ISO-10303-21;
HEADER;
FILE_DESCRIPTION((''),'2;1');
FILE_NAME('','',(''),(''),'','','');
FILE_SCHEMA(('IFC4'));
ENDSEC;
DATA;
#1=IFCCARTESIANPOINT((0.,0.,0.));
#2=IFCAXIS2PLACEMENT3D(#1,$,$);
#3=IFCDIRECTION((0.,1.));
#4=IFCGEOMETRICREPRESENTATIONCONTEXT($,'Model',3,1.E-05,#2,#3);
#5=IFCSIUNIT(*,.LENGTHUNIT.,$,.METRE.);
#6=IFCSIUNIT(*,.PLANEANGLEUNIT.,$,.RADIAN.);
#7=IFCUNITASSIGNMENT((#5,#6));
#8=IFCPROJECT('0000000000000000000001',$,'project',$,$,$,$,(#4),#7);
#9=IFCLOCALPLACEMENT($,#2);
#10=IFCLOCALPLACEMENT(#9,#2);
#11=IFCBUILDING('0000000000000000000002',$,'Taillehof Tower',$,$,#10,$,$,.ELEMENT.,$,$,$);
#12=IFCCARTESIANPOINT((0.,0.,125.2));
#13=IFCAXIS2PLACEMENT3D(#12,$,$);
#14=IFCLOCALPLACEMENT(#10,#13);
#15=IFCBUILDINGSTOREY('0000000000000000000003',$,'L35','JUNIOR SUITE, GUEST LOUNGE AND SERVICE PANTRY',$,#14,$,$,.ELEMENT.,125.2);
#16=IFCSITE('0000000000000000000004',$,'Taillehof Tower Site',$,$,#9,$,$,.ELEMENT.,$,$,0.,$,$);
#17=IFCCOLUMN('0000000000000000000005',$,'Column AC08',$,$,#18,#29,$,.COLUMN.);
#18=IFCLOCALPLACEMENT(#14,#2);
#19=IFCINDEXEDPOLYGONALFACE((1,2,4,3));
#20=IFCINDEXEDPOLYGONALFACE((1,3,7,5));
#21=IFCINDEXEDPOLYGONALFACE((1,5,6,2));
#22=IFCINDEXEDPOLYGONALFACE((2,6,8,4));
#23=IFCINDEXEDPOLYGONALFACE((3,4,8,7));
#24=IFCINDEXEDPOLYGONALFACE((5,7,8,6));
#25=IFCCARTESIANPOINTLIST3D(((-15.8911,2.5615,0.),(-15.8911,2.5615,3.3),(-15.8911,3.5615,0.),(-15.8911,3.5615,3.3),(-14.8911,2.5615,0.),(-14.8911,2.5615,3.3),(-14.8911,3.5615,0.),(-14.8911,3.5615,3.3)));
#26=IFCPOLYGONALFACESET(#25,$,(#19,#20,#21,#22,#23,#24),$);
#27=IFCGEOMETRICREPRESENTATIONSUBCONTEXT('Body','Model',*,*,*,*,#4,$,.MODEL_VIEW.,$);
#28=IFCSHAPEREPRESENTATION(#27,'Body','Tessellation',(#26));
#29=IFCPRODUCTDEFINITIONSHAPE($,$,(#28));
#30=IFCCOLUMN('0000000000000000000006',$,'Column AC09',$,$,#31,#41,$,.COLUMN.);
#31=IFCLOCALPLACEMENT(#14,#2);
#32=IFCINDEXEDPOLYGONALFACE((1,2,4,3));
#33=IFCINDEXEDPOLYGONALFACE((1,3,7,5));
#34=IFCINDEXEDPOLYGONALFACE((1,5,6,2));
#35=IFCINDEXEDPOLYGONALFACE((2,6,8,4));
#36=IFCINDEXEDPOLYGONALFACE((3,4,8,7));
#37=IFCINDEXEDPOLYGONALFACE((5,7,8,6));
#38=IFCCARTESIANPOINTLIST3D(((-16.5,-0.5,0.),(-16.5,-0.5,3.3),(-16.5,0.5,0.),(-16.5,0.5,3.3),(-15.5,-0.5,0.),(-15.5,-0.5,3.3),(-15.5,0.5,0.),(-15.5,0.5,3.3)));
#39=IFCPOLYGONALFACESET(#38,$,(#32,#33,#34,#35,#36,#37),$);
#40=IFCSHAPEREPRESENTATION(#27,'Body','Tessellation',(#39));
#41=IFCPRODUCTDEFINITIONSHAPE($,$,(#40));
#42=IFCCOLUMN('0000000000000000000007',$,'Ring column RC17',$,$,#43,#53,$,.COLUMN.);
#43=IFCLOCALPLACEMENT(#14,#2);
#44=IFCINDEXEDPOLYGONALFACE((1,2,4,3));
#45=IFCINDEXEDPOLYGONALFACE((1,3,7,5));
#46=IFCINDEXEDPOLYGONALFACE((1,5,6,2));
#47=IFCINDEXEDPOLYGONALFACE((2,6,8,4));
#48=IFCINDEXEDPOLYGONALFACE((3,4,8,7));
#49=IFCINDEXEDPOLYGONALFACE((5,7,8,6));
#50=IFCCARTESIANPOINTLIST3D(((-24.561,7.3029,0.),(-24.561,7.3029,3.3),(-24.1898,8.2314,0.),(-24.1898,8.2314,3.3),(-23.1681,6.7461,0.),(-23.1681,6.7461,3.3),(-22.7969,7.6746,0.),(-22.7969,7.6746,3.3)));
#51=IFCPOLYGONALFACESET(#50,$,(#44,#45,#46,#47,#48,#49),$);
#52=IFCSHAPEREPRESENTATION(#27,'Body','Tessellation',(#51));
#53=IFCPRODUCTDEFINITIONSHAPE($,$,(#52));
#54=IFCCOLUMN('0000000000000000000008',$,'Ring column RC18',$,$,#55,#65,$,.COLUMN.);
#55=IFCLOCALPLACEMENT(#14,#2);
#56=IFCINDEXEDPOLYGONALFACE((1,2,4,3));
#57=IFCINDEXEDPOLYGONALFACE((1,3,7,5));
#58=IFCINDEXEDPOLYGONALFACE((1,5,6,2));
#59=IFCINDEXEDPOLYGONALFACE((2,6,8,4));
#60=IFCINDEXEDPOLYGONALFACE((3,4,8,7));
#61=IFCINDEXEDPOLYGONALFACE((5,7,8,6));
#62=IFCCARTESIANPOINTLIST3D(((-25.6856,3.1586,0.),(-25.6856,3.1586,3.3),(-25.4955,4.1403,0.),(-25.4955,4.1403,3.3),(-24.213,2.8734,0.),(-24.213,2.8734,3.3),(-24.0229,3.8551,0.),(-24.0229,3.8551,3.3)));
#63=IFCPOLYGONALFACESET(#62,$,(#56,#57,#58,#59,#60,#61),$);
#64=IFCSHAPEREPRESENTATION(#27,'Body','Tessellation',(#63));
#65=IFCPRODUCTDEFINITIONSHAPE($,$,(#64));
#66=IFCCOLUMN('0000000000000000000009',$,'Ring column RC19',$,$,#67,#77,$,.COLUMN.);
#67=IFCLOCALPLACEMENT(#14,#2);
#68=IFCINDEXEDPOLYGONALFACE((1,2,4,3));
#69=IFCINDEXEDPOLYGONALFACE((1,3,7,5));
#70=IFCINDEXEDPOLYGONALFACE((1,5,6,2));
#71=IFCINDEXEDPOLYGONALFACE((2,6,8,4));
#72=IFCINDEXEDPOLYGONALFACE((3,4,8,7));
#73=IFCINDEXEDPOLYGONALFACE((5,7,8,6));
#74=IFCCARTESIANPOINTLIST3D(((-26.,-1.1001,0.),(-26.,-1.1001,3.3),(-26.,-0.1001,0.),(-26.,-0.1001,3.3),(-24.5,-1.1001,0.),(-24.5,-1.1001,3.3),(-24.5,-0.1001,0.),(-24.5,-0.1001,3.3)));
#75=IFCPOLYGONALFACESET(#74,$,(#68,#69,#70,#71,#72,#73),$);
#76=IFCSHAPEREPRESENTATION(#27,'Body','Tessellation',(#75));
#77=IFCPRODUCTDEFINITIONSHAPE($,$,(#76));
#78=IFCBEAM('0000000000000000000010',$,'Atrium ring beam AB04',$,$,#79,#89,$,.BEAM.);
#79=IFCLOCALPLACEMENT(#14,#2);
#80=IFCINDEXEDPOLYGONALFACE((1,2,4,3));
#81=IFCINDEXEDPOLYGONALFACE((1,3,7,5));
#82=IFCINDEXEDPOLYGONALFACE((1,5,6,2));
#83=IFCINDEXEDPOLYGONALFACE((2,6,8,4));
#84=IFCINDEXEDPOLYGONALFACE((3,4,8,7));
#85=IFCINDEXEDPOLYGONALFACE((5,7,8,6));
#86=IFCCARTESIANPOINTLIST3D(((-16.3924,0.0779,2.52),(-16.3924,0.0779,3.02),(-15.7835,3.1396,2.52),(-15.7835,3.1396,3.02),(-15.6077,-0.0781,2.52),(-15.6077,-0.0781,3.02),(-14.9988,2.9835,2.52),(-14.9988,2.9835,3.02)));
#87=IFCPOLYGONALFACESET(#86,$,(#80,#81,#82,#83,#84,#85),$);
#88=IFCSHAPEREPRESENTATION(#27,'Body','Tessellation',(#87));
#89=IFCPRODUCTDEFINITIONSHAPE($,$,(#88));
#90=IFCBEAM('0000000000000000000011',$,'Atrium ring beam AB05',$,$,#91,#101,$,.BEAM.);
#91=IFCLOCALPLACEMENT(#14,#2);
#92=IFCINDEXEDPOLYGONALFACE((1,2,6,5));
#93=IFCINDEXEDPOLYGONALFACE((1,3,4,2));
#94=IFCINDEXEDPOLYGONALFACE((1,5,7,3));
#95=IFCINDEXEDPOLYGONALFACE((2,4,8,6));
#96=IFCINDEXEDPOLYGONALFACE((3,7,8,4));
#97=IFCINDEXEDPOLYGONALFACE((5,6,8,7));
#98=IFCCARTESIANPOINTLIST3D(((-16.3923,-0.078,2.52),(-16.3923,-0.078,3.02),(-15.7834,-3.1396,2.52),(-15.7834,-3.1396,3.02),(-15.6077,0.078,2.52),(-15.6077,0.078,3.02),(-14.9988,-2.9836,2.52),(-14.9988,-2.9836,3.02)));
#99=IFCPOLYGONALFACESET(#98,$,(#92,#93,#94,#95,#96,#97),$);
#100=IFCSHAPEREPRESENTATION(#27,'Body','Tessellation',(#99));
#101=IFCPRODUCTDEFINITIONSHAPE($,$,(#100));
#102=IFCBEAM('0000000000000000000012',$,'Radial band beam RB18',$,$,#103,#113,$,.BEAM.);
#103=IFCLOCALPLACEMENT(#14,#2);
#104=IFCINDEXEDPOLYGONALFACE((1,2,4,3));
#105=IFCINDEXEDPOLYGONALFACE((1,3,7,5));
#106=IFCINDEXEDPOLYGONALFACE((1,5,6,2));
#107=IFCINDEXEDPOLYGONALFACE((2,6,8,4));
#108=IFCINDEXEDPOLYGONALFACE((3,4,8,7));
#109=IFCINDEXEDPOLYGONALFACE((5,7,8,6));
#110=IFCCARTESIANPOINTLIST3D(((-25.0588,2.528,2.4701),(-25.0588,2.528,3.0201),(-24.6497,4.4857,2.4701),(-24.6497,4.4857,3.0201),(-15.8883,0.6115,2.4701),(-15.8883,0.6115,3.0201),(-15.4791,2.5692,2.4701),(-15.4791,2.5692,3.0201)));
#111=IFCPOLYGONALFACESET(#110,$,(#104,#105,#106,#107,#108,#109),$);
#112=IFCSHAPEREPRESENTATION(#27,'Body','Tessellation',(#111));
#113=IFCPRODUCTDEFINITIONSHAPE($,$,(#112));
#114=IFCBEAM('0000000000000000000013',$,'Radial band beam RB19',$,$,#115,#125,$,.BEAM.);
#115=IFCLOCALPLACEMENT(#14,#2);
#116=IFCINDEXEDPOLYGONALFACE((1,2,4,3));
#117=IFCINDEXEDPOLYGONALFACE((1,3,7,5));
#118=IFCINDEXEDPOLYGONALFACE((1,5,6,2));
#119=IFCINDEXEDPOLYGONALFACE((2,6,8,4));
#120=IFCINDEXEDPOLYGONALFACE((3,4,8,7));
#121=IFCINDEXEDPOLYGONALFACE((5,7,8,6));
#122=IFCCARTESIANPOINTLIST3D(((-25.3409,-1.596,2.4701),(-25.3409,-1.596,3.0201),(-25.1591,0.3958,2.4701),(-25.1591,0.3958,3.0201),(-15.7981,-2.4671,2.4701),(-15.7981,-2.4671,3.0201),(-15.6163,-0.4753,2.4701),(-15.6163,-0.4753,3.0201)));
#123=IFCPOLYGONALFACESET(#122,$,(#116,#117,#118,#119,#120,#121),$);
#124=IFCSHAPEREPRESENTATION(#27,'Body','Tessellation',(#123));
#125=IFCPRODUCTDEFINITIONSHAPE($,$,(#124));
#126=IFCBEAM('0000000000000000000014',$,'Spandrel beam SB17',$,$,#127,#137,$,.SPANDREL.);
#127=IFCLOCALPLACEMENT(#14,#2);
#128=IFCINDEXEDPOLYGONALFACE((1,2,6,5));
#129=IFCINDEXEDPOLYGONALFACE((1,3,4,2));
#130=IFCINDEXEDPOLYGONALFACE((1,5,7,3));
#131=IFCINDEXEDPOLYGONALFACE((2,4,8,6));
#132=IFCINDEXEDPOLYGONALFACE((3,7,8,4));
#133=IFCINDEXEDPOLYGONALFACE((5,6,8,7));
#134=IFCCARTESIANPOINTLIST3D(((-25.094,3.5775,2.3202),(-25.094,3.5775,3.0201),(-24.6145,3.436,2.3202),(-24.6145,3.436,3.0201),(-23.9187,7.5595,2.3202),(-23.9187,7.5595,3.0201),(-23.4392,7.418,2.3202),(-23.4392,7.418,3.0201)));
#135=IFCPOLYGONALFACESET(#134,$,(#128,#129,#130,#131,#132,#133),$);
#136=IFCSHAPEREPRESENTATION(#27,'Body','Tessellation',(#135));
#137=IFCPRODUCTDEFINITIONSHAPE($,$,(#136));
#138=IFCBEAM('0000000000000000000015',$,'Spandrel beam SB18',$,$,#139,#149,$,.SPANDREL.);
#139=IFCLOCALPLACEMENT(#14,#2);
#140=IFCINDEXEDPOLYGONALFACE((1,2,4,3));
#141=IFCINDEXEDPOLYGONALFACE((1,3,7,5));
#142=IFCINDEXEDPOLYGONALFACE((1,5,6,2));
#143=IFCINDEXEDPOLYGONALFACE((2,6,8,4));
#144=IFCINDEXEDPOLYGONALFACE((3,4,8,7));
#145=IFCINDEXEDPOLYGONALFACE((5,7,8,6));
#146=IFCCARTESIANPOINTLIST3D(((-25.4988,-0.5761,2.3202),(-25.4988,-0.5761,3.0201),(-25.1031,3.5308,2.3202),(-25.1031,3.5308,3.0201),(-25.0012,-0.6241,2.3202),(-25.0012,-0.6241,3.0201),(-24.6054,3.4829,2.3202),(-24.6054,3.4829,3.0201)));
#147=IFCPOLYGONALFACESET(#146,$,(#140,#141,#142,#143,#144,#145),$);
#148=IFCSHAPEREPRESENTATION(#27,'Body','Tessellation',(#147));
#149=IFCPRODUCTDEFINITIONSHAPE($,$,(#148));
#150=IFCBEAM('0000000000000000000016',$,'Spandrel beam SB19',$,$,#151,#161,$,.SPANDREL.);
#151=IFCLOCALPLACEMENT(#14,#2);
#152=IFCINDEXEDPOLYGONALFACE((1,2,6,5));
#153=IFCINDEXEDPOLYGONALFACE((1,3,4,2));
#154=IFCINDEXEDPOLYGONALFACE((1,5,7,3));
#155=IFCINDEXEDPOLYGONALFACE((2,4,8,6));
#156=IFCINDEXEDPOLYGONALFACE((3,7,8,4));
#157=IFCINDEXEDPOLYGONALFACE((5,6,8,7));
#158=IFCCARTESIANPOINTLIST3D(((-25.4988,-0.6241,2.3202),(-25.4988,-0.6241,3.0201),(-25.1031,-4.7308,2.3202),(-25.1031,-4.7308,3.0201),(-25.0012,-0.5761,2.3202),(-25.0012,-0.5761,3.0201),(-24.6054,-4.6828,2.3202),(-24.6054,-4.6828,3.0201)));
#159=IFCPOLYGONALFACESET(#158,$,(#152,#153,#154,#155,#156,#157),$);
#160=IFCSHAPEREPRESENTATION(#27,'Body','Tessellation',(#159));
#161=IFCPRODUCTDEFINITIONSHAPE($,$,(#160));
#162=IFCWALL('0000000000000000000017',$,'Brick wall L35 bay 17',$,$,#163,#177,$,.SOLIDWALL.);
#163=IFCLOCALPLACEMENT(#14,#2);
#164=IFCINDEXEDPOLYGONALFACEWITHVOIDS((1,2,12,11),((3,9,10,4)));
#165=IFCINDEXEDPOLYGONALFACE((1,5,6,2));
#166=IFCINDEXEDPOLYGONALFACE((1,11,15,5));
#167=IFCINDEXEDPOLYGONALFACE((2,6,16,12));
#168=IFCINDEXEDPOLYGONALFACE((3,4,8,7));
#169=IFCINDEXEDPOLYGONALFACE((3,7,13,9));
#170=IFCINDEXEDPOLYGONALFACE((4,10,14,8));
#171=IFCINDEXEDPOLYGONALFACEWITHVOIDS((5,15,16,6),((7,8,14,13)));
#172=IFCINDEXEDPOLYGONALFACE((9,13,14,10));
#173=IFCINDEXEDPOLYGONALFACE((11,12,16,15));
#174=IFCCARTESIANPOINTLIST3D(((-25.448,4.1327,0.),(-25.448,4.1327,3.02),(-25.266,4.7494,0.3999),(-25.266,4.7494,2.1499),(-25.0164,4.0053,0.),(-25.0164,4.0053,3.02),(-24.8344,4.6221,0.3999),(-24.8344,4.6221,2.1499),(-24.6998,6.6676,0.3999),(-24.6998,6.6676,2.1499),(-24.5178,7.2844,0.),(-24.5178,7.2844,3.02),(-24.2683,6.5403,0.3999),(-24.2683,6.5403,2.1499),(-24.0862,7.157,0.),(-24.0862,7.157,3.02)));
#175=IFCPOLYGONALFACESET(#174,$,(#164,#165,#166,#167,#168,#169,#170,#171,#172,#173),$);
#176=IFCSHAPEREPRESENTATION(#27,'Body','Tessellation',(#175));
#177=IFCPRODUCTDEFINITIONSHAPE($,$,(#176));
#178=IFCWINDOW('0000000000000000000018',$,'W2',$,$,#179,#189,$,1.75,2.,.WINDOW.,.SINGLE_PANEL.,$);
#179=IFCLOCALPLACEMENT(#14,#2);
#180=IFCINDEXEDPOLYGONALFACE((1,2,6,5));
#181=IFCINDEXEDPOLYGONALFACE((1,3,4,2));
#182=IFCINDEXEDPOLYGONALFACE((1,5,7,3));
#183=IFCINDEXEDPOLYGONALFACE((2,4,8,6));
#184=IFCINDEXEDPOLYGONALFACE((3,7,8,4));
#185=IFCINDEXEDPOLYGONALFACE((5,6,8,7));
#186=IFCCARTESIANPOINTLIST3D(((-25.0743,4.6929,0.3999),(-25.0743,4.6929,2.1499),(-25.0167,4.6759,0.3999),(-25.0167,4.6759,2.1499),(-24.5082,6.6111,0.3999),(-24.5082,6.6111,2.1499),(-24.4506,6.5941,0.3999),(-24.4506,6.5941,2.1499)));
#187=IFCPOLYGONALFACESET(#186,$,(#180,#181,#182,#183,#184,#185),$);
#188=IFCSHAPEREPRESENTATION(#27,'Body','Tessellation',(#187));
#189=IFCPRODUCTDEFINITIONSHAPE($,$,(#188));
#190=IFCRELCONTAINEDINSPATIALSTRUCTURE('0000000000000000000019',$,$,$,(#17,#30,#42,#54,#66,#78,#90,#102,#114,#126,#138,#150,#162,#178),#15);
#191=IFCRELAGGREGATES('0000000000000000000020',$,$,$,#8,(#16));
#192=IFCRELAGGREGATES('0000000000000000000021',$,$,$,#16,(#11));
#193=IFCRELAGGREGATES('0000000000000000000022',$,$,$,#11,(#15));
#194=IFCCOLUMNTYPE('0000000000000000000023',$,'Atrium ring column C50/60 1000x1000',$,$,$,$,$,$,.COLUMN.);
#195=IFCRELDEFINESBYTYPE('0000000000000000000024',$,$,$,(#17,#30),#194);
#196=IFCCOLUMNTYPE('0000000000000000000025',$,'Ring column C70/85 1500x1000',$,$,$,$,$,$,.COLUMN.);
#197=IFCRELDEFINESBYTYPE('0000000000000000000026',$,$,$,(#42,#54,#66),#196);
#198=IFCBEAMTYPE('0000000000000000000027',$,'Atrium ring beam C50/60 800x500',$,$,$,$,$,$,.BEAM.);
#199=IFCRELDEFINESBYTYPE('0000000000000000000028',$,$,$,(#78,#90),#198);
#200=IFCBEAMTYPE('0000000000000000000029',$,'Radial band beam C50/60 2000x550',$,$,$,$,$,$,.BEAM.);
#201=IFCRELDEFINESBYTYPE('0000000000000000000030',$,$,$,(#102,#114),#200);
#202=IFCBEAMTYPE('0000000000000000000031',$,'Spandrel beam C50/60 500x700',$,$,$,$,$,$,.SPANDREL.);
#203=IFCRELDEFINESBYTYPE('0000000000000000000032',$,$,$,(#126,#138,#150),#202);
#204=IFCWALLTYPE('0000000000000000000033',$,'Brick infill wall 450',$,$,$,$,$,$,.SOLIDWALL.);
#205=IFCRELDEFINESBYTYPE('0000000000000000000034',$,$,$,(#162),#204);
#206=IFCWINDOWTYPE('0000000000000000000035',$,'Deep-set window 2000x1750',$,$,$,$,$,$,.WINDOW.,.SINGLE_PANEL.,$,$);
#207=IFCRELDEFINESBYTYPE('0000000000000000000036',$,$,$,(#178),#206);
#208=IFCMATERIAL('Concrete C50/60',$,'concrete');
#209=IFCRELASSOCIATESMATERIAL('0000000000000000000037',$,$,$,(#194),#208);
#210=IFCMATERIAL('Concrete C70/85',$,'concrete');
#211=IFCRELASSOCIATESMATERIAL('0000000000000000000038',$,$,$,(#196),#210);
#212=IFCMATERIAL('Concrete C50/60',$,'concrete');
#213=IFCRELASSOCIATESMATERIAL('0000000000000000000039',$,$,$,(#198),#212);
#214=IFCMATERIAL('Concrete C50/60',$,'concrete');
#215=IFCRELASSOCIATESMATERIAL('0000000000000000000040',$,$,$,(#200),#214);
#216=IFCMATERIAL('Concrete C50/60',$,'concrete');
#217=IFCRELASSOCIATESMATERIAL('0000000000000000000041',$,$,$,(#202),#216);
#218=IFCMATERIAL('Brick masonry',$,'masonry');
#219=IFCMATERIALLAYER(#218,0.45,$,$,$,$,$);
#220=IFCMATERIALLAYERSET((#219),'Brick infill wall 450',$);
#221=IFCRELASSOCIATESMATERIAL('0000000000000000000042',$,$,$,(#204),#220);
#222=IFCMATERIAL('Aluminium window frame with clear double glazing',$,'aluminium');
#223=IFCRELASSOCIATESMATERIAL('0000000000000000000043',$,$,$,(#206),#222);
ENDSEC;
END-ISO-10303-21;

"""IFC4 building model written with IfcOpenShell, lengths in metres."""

from ifc_helpers import new_model, si_unit, direction, frame, frame_2d, origin, origin_2d, place, context, subcontext, project, spatial, rectangle, extrude, material, layer, layer_set, material_profile, profile_set, type_object, element, fill, save


model = new_model("IFC4")

# Units and contexts
model_context = context("Model", 3, precision=1e-05, world=origin(), true_north=direction((0.0, 1.0)))
body_context = subcontext(model_context, "Body", "Model", "MODEL_VIEW")
ifc_project = project(units=[si_unit("LENGTHUNIT", "METRE"), si_unit("PLANEANGLEUNIT", "RADIAN")], contexts=[model_context])

# Site, building, storey
site_placement = place(None, origin())
site = spatial("IfcSite", under=ifc_project, at=site_placement, Name="Taillehof Tower Site", CompositionType="ELEMENT", RefElevation=0.0)
building_placement = place(site_placement, origin())
building = spatial("IfcBuilding", under=site, at=building_placement, Name="Taillehof Tower", CompositionType="ELEMENT")
storey_placement = place(building_placement, frame((0.0, 0.0, 125.2)))
storey = spatial("IfcBuildingStorey", under=building, at=storey_placement, Name="L35", Description="JUNIOR SUITE, GUEST LOUNGE AND SERVICE PANTRY", CompositionType="ELEMENT", Elevation=125.2)

# Columns
ifc_material_1 = material(Name="Concrete C50/60", Category="concrete")
ifc_material_profile_1 = material_profile(ifc_material_1, rectangle(XDim=1.0, YDim=1.0, at=origin_2d()), Name="RC 1000x1000")
ifc_profile_set_1 = profile_set([ifc_material_profile_1], Name="Concrete C50/60")
column_type_1 = type_object("IfcColumnType", Name="Atrium ring column C50/60 1000x1000", PredefinedType="COLUMN", material=ifc_profile_set_1)
for number, where, z_axis, x_axis, name in (
    (1, (-15.3911, 3.0615, 0.0), (0.0, 0.0, 1.0), (1.0, 0.0, 0.0), "Column AC08"),
    (2, (-16.0, 0.0, 0.0), (0.0, 0.0, 1.0), (1.0, 0.0, 0.0), "Column AC09"),
):
    element("IfcColumn", number, at=place(storey_placement, frame(where, z_axis=z_axis, x_axis=x_axis)), inside=storey, type_object=column_type_1, Name=name, PredefinedType="COLUMN", context=body_context, shape_type="SweptSolid", body=[
        extrude(rectangle(XDim=1.0, YDim=1.0, at=origin_2d()), origin(), (0.0, 0.0, 1.0), 3.3),
    ])
ifc_material_2 = material(Name="Concrete C70/85", Category="concrete")
ifc_material_profile_2 = material_profile(ifc_material_2, rectangle(XDim=1.5, YDim=1.0, at=origin_2d()), Name="RC 1500x1000")
ifc_profile_set_2 = profile_set([ifc_material_profile_2], Name="Concrete C70/85")
column_type_2 = type_object("IfcColumnType", Name="Ring column C70/85 1500x1000", PredefinedType="COLUMN", material=ifc_profile_set_2)
for number, where, z_axis, x_axis, name in (
    (3, (-23.679, 7.4888, 0.0), (0.0, 0.0, 1.0), (-0.92855, 0.371207, 0.0), "Ring column RC17"),
    (4, (-24.8542, 3.5068, 0.0), (0.0, 0.0, 1.0), (-0.981757, 0.190138, 0.0), "Ring column RC18"),
    (5, (-25.25, -0.6001, 0.0), (0.0, 0.0, 1.0), (-1.0, 0.0, 0.0), "Ring column RC19"),
):
    element("IfcColumn", number, at=place(storey_placement, frame(where, z_axis=z_axis, x_axis=x_axis)), inside=storey, type_object=column_type_2, Name=name, PredefinedType="COLUMN", context=body_context, shape_type="SweptSolid", body=[
        extrude(rectangle(XDim=1.5, YDim=1.0, at=origin_2d()), origin(), (0.0, 0.0, 1.0), 3.3),
    ])

# Beams
ifc_material_3 = material(Name="Concrete C50/60", Category="concrete")
ifc_material_profile_3 = material_profile(ifc_material_3, rectangle(XDim=0.8, YDim=0.5, at=origin_2d()), Name="RC 800x500")
ifc_profile_set_3 = profile_set([ifc_material_profile_3], Name="Concrete C50/60")
beam_type_1 = type_object("IfcBeamType", Name="Atrium ring beam C50/60 800x500", PredefinedType="BEAM", material=ifc_profile_set_3)
for number, where, z_axis, x_axis, name in (
    (6, (-15.3911, 3.0615, 2.77), (-0.195063, -0.980791, 0.0), (0.980791, -0.195063, 0.0), "Atrium ring beam AB04"),
    (7, (-16.0, 0.0, 2.77), (0.195063, -0.980791, 0.0), (0.980791, 0.195063, 0.0), "Atrium ring beam AB05"),
):
    element("IfcBeam", number, at=place(storey_placement, frame(where, z_axis=z_axis, x_axis=x_axis)), inside=storey, type_object=beam_type_1, Name=name, PredefinedType="BEAM", context=body_context, shape_type="SweptSolid", body=[
        extrude(rectangle(XDim=0.8, YDim=0.5, at=origin_2d()), origin(), (0.0, 0.0, 1.0), 3.1216),
    ])
ifc_material_4 = material(Name="Concrete C50/60", Category="concrete")
ifc_material_profile_4 = material_profile(ifc_material_4, rectangle(XDim=2.0, YDim=0.55, at=origin_2d()), Name="RC 2000x550")
ifc_profile_set_4 = profile_set([ifc_material_profile_4], Name="Concrete C50/60")
beam_type_2 = type_object("IfcBeamType", Name="Radial band beam C50/60 2000x550", PredefinedType="BEAM", material=ifc_profile_set_4)
beam_1_placement = place(storey_placement, frame((-24.8542, 3.5068, 2.7451), z_axis=(0.978853, -0.204563, 0.0), x_axis=(0.204563, 0.978853, 0.0)))
element("IfcBeam", 8, at=beam_1_placement, inside=storey, type_object=beam_type_2, Name="Radial band beam RB18", PredefinedType="BEAM", context=body_context, shape_type="SweptSolid", body=[
    extrude(rectangle(XDim=2.0, YDim=0.55, at=origin_2d()), origin(), (0.0, 0.0, 1.0), 9.3687),
])
beam_2_placement = place(storey_placement, frame((-25.25, -0.6001, 2.7451), z_axis=(0.99586, -0.090906, 0.0), x_axis=(0.090906, 0.99586, 0.0)))
element("IfcBeam", 9, at=beam_2_placement, inside=storey, type_object=beam_type_2, Name="Radial band beam RB19", PredefinedType="BEAM", context=body_context, shape_type="SweptSolid", body=[
    extrude(rectangle(XDim=2.0, YDim=0.55, at=origin_2d()), origin(), (0.0, 0.0, 1.0), 9.5825),
])
ifc_material_5 = material(Name="Concrete C50/60", Category="concrete")
ifc_material_profile_5 = material_profile(ifc_material_5, rectangle(XDim=0.5, YDim=0.7, at=origin_2d()), Name="RC 500x700")
ifc_profile_set_5 = profile_set([ifc_material_profile_5], Name="Concrete C50/60")
beam_type_3 = type_object("IfcBeamType", Name="Spandrel beam C50/60 500x700", PredefinedType="SPANDREL", material=ifc_profile_set_5)
beam_3_placement = place(storey_placement, frame((-23.679, 7.4888, 2.6702), z_axis=(-0.283083, -0.959095, 0.0), x_axis=(0.959095, -0.283083, 0.0)))
element("IfcBeam", 10, at=beam_3_placement, inside=storey, type_object=beam_type_3, Name="Spandrel beam SB17", PredefinedType="SPANDREL", context=body_context, shape_type="SweptSolid", body=[
    extrude(rectangle(XDim=0.5, YDim=0.7, at=origin_2d()), origin(), (0.0, 0.0, 1.0), 4.1519),
])
beam_4_placement = place(storey_placement, frame((-24.8542, 3.5068, 2.6702), z_axis=(-0.095918, -0.995389, 0.0), x_axis=(0.995389, -0.095918, 0.0)))
element("IfcBeam", 11, at=beam_4_placement, inside=storey, type_object=beam_type_3, Name="Spandrel beam SB18", PredefinedType="SPANDREL", context=body_context, shape_type="SweptSolid", body=[
    extrude(rectangle(XDim=0.5, YDim=0.7, at=origin_2d()), origin(), (0.0, 0.0, 1.0), 4.126),
])
beam_5_placement = place(storey_placement, frame((-25.25, -0.6001, 2.6702), z_axis=(0.095923, -0.995389, 0.0), x_axis=(0.995389, 0.095923, 0.0)))
element("IfcBeam", 12, at=beam_5_placement, inside=storey, type_object=beam_type_3, Name="Spandrel beam SB19", PredefinedType="SPANDREL", context=body_context, shape_type="SweptSolid", body=[
    extrude(rectangle(XDim=0.5, YDim=0.7, at=origin_2d()), origin(), (0.0, 0.0, 1.0), 4.1257),
])

# Wall, opening, window
ifc_material_6 = material(Name="Brick masonry", Category="masonry")
ifc_layer_1 = layer(ifc_material_6, 0.45)
ifc_layer_set_1 = layer_set([ifc_layer_1], Name="Brick infill wall 450")
wall_type_1 = type_object("IfcWallType", Name="Brick infill wall 450", PredefinedType="SOLIDWALL", material=ifc_layer_set_1)
wall_1_placement = place(storey_placement, frame((-24.302, 7.2207, 0.0), z_axis=(0.0, 0.0, 1.0), x_axis=(-0.283071, -0.959099, 0.0)))
wall_1 = element("IfcWall", 13, at=wall_1_placement, inside=storey, type_object=wall_type_1, Name="Brick wall L35 bay 17", PredefinedType="SOLIDWALL", context=body_context, shape_type="SweptSolid", body=[
    extrude(rectangle(XDim=3.2861, YDim=0.45, at=frame_2d((1.6431, 0.0))), origin(), (0.0, 0.0, 1.0), 3.02),
])
opening_1_placement = place(wall_1_placement, frame((0.6431, 0.0, 0.3999)))
opening_1 = element("IfcOpeningElement", 14, at=opening_1_placement, cuts=wall_1, PredefinedType="OPENING", context=body_context, shape_type="SweptSolid", body=[
    extrude(rectangle(XDim=2.0, YDim=1.75, at=frame_2d((1.0, 0.875))), frame((0.0, 0.2349, 0.0), z_axis=(0.0, -1.0, 0.0), x_axis=(1.0, 0.0, 0.0)), (0.0, 0.0, 1.0), 0.47),
])
ifc_material_7 = material(Name="Aluminium window frame with clear double glazing", Category="aluminium")
window_type = type_object("IfcWindowType", Name="Deep-set window 2000x1750", PartitioningType="SINGLE_PANEL", PredefinedType="WINDOW", material=ifc_material_7)
window_1_placement = place(opening_1_placement, origin())
window_1 = element("IfcWindow", 15, at=window_1_placement, inside=storey, type_object=window_type, Name="W2", OverallHeight=1.75, OverallWidth=2.0, PartitioningType="SINGLE_PANEL", PredefinedType="WINDOW", context=body_context, shape_type="SweptSolid", body=[
    extrude(rectangle(XDim=2.0, YDim=1.75, at=frame_2d((1.0, 0.875))), frame((0.0, 0.0349, 0.0), z_axis=(0.0, -1.0, 0.0), x_axis=(1.0, 0.0, 0.0)), (0.0, 0.0, 1.0), 0.0601),
])
fill(opening_1, window_1)

save(model, "model.ifc")
